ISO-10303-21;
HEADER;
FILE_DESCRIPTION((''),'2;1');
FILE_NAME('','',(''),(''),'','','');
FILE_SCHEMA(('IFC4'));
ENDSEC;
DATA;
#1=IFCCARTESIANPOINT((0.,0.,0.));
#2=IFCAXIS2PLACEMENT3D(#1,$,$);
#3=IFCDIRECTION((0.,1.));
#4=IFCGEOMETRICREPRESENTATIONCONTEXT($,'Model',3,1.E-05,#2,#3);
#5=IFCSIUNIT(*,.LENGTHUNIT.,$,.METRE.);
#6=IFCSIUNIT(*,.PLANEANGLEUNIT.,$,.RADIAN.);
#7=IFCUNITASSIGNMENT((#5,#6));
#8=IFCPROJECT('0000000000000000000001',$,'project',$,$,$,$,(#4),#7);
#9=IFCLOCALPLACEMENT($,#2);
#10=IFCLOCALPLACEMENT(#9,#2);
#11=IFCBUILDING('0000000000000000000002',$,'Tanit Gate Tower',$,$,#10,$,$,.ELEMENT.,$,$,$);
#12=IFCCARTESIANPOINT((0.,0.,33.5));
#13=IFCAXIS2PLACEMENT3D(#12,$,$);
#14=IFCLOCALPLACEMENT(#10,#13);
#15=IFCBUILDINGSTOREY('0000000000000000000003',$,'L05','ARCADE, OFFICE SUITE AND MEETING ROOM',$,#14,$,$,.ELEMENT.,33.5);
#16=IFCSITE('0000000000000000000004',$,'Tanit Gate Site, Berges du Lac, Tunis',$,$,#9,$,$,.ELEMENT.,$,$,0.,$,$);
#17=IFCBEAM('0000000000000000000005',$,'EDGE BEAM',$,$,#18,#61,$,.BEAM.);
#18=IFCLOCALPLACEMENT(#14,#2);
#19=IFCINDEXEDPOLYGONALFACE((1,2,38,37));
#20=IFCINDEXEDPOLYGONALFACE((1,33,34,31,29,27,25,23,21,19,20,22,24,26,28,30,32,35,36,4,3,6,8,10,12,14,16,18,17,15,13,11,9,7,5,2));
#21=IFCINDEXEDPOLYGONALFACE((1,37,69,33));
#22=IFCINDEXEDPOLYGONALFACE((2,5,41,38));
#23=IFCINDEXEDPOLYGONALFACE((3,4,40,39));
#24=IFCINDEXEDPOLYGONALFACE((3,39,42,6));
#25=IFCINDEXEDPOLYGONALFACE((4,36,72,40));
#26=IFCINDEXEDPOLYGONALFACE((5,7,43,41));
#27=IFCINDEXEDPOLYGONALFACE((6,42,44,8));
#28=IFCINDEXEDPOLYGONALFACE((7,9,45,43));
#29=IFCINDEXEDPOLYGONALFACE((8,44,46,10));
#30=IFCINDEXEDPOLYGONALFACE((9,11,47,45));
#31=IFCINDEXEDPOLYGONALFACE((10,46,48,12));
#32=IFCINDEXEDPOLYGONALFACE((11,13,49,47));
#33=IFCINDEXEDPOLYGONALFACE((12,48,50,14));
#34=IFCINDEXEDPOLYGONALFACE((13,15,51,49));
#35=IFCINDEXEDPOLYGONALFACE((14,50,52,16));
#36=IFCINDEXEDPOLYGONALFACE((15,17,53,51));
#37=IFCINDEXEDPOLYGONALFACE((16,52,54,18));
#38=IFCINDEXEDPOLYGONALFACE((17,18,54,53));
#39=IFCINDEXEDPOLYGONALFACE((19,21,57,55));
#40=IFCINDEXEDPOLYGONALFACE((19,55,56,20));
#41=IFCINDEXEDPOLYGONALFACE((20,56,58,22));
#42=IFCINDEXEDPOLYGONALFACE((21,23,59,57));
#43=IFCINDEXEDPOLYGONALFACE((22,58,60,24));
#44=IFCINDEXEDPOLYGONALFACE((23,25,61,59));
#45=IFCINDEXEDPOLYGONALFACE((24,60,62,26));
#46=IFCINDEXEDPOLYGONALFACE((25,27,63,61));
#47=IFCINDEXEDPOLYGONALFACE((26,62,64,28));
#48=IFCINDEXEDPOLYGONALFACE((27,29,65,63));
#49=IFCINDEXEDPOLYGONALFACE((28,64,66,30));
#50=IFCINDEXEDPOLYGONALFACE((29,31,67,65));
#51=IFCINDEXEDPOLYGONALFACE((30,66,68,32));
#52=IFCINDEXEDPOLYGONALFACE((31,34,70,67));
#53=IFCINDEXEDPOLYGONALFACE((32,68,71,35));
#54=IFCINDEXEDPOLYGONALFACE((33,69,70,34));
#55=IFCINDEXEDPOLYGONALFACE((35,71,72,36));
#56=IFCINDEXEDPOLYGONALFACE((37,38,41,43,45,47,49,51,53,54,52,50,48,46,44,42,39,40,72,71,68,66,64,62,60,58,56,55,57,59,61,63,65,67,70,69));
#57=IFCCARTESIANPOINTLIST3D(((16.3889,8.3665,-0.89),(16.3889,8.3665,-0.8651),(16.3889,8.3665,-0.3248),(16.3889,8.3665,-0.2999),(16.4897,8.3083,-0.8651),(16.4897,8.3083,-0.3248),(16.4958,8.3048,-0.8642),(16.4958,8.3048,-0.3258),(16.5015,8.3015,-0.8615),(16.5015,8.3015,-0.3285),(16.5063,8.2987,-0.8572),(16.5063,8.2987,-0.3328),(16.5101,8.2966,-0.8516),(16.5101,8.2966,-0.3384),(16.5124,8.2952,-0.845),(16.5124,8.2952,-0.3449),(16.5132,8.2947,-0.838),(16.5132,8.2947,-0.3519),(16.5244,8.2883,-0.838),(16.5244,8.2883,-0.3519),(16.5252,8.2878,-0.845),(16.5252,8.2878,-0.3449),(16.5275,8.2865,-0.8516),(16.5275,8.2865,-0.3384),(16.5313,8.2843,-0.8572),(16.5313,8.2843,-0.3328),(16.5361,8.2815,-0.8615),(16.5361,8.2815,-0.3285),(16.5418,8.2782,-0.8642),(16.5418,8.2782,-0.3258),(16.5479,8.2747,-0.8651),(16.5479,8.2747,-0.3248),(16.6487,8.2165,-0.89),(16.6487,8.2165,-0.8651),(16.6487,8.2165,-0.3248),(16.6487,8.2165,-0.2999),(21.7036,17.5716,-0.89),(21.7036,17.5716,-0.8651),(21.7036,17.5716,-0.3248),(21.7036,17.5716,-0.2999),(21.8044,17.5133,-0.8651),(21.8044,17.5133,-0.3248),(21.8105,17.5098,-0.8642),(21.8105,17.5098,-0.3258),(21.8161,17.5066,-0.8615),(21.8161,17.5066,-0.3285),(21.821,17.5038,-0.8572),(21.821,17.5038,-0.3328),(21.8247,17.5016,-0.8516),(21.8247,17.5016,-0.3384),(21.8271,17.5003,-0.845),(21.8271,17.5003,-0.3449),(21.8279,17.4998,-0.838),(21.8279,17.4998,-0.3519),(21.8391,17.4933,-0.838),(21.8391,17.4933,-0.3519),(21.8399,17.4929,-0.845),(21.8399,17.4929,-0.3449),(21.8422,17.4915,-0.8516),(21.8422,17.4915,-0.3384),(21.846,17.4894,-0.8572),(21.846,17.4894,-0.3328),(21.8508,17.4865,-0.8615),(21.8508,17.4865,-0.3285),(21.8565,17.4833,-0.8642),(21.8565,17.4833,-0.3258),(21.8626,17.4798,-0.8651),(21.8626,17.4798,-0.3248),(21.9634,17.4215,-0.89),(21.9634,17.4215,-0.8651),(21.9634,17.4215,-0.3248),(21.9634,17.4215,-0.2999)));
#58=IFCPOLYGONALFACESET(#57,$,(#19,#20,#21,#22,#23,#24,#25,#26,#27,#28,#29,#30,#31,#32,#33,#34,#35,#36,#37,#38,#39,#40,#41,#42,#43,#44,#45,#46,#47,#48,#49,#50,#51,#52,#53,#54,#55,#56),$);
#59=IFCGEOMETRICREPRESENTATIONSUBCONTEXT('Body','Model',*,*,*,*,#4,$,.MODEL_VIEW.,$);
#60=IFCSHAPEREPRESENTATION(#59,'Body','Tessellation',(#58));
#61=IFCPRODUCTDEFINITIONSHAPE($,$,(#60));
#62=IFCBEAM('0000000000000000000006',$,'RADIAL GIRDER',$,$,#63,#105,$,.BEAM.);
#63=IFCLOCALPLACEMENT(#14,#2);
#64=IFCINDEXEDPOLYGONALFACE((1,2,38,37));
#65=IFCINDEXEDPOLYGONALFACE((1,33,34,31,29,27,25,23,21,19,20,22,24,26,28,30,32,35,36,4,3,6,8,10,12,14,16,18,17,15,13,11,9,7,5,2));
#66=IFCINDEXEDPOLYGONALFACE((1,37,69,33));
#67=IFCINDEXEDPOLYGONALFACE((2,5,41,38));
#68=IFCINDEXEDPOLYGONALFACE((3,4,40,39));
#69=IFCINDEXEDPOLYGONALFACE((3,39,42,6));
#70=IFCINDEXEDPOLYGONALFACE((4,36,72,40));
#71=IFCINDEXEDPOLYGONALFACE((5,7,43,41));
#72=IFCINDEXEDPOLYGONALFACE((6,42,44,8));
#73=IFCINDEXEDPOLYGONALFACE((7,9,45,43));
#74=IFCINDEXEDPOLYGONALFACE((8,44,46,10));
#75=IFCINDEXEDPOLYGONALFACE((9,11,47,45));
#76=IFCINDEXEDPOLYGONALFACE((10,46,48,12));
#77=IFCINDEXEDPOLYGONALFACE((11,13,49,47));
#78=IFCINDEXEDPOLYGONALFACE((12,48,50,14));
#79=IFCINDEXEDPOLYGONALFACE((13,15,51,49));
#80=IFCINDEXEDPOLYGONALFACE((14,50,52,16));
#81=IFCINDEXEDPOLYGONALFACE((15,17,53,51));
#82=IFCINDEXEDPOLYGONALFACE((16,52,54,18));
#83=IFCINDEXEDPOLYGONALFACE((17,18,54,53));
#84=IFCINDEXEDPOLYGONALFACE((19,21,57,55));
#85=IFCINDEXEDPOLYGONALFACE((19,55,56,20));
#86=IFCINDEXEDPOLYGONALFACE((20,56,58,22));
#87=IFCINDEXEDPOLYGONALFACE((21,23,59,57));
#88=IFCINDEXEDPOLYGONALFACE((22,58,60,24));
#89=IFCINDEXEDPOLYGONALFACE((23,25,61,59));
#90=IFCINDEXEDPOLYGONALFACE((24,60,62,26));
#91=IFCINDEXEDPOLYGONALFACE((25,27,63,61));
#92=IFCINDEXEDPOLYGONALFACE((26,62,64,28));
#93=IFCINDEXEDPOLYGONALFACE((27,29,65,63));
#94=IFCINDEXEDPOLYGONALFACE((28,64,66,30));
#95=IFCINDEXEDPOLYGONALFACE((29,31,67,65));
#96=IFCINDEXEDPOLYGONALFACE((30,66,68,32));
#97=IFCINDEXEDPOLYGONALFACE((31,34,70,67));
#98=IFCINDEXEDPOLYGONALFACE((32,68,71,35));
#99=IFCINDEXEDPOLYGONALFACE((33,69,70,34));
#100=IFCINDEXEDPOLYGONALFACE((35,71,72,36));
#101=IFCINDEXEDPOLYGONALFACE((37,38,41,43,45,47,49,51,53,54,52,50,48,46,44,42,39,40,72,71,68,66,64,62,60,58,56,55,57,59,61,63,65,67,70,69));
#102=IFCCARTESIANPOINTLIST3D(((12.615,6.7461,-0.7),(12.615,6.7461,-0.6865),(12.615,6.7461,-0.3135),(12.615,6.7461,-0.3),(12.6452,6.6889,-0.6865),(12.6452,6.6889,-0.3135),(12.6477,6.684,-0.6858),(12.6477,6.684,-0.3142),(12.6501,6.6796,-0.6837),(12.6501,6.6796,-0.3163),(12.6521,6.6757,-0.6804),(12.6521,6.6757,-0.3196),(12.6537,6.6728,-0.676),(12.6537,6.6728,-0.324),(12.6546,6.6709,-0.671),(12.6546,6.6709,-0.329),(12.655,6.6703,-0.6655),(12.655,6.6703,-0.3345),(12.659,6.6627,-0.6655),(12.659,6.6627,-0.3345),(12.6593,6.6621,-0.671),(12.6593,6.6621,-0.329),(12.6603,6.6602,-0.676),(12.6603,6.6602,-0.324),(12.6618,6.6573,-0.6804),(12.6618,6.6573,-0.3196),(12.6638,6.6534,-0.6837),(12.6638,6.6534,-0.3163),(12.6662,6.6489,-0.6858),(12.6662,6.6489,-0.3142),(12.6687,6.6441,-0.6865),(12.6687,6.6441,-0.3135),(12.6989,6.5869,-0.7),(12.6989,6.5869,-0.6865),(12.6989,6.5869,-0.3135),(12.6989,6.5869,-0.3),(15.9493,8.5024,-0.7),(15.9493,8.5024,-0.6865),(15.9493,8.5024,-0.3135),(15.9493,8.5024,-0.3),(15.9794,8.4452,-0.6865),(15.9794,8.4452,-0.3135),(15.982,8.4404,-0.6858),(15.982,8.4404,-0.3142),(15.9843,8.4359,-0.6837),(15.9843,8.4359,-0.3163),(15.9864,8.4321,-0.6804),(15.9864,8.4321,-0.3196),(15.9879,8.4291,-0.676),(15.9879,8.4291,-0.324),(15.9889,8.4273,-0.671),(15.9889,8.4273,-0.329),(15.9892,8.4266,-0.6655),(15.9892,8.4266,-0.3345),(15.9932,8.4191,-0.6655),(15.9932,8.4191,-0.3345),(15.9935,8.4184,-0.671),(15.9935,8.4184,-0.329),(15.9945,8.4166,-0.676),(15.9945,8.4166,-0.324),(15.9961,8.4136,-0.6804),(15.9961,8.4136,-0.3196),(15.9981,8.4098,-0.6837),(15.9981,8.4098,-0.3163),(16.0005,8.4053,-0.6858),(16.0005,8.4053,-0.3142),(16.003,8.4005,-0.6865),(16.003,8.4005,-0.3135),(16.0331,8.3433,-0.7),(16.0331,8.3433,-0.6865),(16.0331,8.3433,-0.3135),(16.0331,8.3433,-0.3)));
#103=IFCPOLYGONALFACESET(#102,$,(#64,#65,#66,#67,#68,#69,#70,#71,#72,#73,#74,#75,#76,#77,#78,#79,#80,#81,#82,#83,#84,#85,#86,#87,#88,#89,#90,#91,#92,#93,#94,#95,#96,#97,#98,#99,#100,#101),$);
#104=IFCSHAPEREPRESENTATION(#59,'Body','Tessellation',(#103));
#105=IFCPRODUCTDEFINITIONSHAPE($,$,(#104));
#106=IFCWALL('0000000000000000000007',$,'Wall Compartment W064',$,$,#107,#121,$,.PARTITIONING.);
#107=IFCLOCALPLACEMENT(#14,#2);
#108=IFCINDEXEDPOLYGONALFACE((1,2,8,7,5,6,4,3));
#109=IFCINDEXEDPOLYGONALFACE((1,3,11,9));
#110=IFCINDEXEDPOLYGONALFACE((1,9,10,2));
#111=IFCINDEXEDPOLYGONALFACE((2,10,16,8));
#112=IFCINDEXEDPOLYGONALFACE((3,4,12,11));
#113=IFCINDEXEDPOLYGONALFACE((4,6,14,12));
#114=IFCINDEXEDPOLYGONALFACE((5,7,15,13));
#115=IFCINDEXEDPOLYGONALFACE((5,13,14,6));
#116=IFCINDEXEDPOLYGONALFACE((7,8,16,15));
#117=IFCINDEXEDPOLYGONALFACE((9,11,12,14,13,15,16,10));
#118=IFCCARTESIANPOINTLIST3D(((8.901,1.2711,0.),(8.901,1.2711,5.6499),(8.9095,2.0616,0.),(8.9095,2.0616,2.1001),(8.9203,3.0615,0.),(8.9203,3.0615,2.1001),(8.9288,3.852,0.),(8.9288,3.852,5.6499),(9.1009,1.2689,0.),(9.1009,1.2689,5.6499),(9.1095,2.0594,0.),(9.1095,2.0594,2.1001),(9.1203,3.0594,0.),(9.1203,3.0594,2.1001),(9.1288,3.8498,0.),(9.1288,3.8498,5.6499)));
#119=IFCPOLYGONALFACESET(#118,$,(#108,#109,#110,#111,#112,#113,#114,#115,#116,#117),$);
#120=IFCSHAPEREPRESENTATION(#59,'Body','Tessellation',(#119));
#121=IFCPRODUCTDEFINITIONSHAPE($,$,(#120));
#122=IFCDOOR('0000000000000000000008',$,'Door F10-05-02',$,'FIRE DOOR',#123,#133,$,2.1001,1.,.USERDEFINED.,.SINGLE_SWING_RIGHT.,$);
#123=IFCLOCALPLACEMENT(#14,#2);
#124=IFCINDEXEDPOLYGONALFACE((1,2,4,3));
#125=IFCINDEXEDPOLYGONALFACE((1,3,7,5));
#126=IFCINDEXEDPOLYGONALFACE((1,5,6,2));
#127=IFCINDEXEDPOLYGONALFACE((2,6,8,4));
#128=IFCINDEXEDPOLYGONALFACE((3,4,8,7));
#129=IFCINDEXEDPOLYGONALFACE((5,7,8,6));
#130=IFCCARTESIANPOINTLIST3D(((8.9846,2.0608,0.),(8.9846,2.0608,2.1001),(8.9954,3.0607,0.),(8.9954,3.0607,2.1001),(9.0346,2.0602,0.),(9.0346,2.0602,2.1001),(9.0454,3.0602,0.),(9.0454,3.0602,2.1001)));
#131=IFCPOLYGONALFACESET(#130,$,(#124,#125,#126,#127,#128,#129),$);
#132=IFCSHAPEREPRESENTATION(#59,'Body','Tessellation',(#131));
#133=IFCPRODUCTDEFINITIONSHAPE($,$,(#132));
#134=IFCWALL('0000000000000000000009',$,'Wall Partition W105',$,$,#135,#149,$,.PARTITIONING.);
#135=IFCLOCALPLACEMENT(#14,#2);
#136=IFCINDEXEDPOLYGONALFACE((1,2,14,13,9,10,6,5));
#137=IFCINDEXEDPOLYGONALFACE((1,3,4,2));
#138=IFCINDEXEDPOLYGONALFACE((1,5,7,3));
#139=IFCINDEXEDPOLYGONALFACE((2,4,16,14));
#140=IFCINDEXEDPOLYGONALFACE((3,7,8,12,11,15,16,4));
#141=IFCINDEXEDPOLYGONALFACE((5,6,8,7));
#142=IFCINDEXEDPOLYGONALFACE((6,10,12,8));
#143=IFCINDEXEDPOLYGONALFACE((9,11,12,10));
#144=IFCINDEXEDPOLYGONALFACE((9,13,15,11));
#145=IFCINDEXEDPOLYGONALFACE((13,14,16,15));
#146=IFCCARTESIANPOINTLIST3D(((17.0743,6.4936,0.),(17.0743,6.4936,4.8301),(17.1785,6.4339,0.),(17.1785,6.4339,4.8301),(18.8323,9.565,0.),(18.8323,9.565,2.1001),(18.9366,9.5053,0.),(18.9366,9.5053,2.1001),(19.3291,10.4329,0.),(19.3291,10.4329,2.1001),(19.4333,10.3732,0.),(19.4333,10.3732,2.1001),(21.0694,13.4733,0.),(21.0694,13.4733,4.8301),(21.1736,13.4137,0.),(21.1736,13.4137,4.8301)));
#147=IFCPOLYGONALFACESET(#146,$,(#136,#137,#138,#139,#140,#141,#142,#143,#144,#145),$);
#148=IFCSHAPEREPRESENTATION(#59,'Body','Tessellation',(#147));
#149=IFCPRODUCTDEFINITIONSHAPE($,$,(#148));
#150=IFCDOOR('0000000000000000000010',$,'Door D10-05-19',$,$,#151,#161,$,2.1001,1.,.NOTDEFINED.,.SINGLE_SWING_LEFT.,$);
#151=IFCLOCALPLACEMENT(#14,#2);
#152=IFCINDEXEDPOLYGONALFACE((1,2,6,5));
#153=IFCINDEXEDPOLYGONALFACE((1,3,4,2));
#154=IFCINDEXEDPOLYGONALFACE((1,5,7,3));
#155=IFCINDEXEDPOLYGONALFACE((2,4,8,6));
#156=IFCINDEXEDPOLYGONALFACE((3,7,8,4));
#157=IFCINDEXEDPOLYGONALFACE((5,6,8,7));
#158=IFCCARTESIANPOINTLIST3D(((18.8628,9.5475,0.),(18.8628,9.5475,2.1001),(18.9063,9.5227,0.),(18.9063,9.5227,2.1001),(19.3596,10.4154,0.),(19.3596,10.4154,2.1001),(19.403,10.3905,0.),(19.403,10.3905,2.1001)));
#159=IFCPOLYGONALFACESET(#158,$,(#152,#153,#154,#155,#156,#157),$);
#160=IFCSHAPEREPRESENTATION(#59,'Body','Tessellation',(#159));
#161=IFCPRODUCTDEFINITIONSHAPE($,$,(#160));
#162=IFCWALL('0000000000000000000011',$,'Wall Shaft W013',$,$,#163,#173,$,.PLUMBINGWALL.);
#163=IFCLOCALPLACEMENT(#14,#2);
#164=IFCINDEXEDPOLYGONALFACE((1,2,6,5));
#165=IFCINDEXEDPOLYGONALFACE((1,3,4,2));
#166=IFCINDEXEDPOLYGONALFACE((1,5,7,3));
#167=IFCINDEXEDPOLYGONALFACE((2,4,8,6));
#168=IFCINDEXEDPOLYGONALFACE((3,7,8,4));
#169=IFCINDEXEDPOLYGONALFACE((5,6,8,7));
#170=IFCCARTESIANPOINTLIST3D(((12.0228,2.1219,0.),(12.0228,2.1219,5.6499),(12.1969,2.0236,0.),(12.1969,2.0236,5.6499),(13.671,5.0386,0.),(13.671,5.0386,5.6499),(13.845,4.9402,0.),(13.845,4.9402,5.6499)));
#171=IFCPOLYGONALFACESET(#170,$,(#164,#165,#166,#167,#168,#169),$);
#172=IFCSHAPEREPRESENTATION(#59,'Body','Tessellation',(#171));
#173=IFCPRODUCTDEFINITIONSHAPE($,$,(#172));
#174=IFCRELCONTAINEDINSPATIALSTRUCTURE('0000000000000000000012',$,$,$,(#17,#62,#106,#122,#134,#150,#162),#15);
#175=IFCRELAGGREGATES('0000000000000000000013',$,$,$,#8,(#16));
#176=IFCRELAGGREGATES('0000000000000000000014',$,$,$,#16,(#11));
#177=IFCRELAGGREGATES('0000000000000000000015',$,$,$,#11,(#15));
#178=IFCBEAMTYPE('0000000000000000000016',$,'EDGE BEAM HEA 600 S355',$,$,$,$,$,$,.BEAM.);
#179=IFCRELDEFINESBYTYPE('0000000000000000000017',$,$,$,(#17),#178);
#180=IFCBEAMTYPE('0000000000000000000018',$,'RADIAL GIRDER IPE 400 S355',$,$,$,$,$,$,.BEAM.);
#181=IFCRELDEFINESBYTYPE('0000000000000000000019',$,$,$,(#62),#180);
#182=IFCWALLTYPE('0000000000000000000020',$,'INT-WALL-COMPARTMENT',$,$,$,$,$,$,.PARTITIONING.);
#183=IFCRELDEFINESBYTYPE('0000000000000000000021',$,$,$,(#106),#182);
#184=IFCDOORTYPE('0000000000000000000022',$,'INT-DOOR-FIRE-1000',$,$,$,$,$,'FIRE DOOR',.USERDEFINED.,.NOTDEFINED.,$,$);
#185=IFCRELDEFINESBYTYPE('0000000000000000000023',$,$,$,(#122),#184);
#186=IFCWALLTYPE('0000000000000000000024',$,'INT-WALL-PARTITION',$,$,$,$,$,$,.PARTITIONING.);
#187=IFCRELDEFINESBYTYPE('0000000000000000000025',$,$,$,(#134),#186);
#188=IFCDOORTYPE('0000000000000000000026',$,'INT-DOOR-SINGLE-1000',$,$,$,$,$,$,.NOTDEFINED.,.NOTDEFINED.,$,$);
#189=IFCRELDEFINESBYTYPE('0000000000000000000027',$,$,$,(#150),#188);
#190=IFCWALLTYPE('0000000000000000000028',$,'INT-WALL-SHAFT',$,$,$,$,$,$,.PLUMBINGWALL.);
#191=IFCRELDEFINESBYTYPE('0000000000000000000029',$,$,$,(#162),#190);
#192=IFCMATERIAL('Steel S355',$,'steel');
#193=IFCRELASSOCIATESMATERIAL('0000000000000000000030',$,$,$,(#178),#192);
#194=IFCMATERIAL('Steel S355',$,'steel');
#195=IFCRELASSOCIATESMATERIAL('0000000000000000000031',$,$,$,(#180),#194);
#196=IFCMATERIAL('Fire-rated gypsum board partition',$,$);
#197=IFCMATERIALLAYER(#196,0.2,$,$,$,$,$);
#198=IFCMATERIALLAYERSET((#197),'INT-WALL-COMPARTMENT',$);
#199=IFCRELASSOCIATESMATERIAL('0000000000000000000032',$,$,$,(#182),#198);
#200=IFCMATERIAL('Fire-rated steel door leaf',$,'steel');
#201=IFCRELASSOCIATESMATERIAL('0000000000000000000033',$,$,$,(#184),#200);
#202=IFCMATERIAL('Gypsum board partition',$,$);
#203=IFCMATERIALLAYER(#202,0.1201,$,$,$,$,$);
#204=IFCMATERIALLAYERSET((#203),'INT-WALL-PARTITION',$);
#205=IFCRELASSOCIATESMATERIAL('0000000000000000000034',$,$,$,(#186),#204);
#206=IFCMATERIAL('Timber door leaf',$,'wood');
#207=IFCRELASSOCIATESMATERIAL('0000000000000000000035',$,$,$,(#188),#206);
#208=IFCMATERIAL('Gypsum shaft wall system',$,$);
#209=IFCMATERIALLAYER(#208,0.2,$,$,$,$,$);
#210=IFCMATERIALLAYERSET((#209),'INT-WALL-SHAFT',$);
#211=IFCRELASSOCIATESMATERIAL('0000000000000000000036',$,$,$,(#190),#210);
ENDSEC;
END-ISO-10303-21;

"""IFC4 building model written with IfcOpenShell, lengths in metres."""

from ifc_helpers import new_model, si_unit, direction, frame, frame_2d, origin, origin_2d, place, context, subcontext, project, spatial, rectangle, i_section, extrude, material, layer, layer_set, material_profile, profile_set, type_object, element, fill, save


model = new_model("IFC4")

# Units and contexts
model_context = context("Model", 3, precision=1e-05, world=origin(), true_north=direction((0.0, 1.0)))
body_context = subcontext(model_context, "Body", "Model", "MODEL_VIEW")
ifc_project = project(units=[si_unit("LENGTHUNIT", "METRE"), si_unit("PLANEANGLEUNIT", "RADIAN")], contexts=[model_context])

# Site, building, storey
site_placement = place(None, origin())
site = spatial("IfcSite", under=ifc_project, at=site_placement, Name="Tanit Gate Site, Berges du Lac, Tunis", CompositionType="ELEMENT", RefElevation=0.0)
building_placement = place(site_placement, origin())
building = spatial("IfcBuilding", under=site, at=building_placement, Name="Tanit Gate Tower", CompositionType="ELEMENT")
storey_placement = place(building_placement, frame((0.0, 0.0, 33.5)))
storey = spatial("IfcBuildingStorey", under=building, at=storey_placement, Name="L05", Description="ARCADE, OFFICE SUITE AND MEETING ROOM", CompositionType="ELEMENT", Elevation=33.5)

# Beams
ifc_material_1 = material(Name="Steel S355", Category="steel")
ifc_material_profile_1 = material_profile(ifc_material_1, i_section(OverallWidth=0.3, OverallDepth=0.5901, WebThickness=0.0129, FlangeThickness=0.0249, FilletRadius=0.0271, at=origin_2d()), Name="HEA 600")
ifc_profile_set_1 = profile_set([ifc_material_profile_1], Name="Steel S355")
beam_type_1 = type_object("IfcBeamType", Name="EDGE BEAM HEA 600 S355", PredefinedType="BEAM", material=ifc_profile_set_1)
beam_1_placement = place(storey_placement, frame((16.5188, 8.2915, -0.595), z_axis=(0.50001, 0.86602, 0.0), x_axis=(-0.86602, 0.50001, 0.0)))
element("IfcBeam", 1, at=beam_1_placement, inside=storey, type_object=beam_type_1, Name="EDGE BEAM", PredefinedType="BEAM", context=body_context, shape_type="SweptSolid", body=[
    extrude(i_section(OverallWidth=0.3, OverallDepth=0.5901, WebThickness=0.0129, FlangeThickness=0.0249, FilletRadius=0.0271, at=origin_2d()), origin(), (0.0, 0.0, 1.0), 10.6292),
])
ifc_material_2 = material(Name="Steel S355", Category="steel")
ifc_material_profile_2 = material_profile(ifc_material_2, i_section(OverallWidth=0.1799, OverallDepth=0.3999, WebThickness=0.0085, FlangeThickness=0.0134, FilletRadius=0.021, at=origin_2d()), Name="IPE 400")
ifc_profile_set_2 = profile_set([ifc_material_profile_2], Name="Steel S355")
beam_type_2 = type_object("IfcBeamType", Name="RADIAL GIRDER IPE 400 S355", PredefinedType="BEAM", material=ifc_profile_set_2)
beam_2_placement = place(storey_placement, frame((15.9912, 8.4229, -0.5), z_axis=(-0.884755, -0.466056, 0.0), x_axis=(0.466056, -0.884755, 0.0)))
element("IfcBeam", 2, at=beam_2_placement, inside=storey, type_object=beam_type_2, Name="RADIAL GIRDER", PredefinedType="BEAM", context=body_context, shape_type="SweptSolid", body=[
    extrude(i_section(OverallWidth=0.1799, OverallDepth=0.3999, WebThickness=0.0085, FlangeThickness=0.0134, FilletRadius=0.021, at=origin_2d()), origin(), (0.0, 0.0, 1.0), 3.7686),
])

# Walls, openings, doors
ifc_material_3 = material(Name="Fire-rated gypsum board partition")
ifc_layer_1 = layer(ifc_material_3, 0.2)
ifc_layer_set_1 = layer_set([ifc_layer_1], Name="INT-WALL-COMPARTMENT")
wall_type_1 = type_object("IfcWallType", Name="INT-WALL-COMPARTMENT", PredefinedType="PARTITIONING", material=ifc_layer_set_1)
wall_1_placement = place(storey_placement, frame((9.001, 1.27, 0.0), z_axis=(0.0, 0.0, 1.0), x_axis=(0.010784, 0.999942, 0.0)))
wall_1 = element("IfcWall", 3, at=wall_1_placement, inside=storey, type_object=wall_type_1, Name="Wall Compartment W064", PredefinedType="PARTITIONING", context=body_context, shape_type="SweptSolid", body=[
    extrude(rectangle(XDim=2.5811, YDim=0.2, at=frame_2d((1.2905, 0.0))), origin(), (0.0, 0.0, 1.0), 5.6499),
])
opening_1_placement = place(wall_1_placement, frame((0.7905, 0.0, 0.0)))
opening_1 = element("IfcOpeningElement", 4, at=opening_1_placement, cuts=wall_1, PredefinedType="OPENING", context=body_context, shape_type="SweptSolid", body=[
    extrude(rectangle(XDim=1.0, YDim=2.1001, at=frame_2d((0.5, 1.05))), frame((0.0, 0.1099, 0.0), z_axis=(0.0, -1.0, 0.0), x_axis=(1.0, 0.0, 0.0)), (0.0, 0.0, 1.0), 0.22),
])
ifc_material_4 = material(Name="Fire-rated steel door leaf", Category="steel")
door_type_1 = type_object("IfcDoorType", Name="INT-DOOR-FIRE-1000", ElementType="FIRE DOOR", OperationType="NOTDEFINED", PredefinedType="USERDEFINED", material=ifc_material_4)
door_1_placement = place(opening_1_placement, origin())
door_1 = element("IfcDoor", 5, at=door_1_placement, inside=storey, type_object=door_type_1, Name="Door F10-05-02", ObjectType="FIRE DOOR", OperationType="SINGLE_SWING_RIGHT", OverallHeight=2.1001, OverallWidth=1.0, PredefinedType="USERDEFINED", context=body_context, shape_type="SweptSolid", body=[
    extrude(rectangle(XDim=1.0, YDim=2.1001, at=frame_2d((0.5, 1.05))), frame((0.0, 0.0249, 0.0), z_axis=(0.0, -1.0, 0.0), x_axis=(1.0, 0.0, 0.0)), (0.0, 0.0, 1.0), 0.05),
])
fill(opening_1, door_1)
ifc_material_5 = material(Name="Gypsum board partition")
ifc_layer_2 = layer(ifc_material_5, 0.1201)
ifc_layer_set_2 = layer_set([ifc_layer_2], Name="INT-WALL-PARTITION")
wall_type_2 = type_object("IfcWallType", Name="INT-WALL-PARTITION", PredefinedType="PARTITIONING", material=ifc_layer_set_2)
wall_2_placement = place(storey_placement, frame((17.1265, 6.4639, 0.0), z_axis=(0.0, 0.0, 1.0), x_axis=(0.496767, 0.867884, 0.0)))
wall_2 = element("IfcWall", 6, at=wall_2_placement, inside=storey, type_object=wall_type_2, Name="Wall Partition W105", PredefinedType="PARTITIONING", context=body_context, shape_type="SweptSolid", body=[
    extrude(rectangle(XDim=8.0422, YDim=0.1201, at=frame_2d((4.021, 0.0))), origin(), (0.0, 0.0, 1.0), 4.8301),
])
opening_2_placement = place(wall_2_placement, frame((3.5388, 0.0, 0.0)))
opening_2 = element("IfcOpeningElement", 7, at=opening_2_placement, cuts=wall_2, PredefinedType="OPENING", context=body_context, shape_type="SweptSolid", body=[
    extrude(rectangle(XDim=1.0, YDim=2.1001, at=frame_2d((0.5, 1.05))), frame((0.0, 0.0701, 0.0), z_axis=(0.0, -1.0, 0.0), x_axis=(1.0, 0.0, 0.0)), (0.0, 0.0, 1.0), 0.1401),
])
ifc_material_6 = material(Name="Timber door leaf", Category="wood")
door_type_2 = type_object("IfcDoorType", Name="INT-DOOR-SINGLE-1000", OperationType="NOTDEFINED", PredefinedType="NOTDEFINED", material=ifc_material_6)
door_2_placement = place(opening_2_placement, origin())
door_2 = element("IfcDoor", 8, at=door_2_placement, inside=storey, type_object=door_type_2, Name="Door D10-05-19", OperationType="SINGLE_SWING_LEFT", OverallHeight=2.1001, OverallWidth=1.0, PredefinedType="NOTDEFINED", context=body_context, shape_type="SweptSolid", body=[
    extrude(rectangle(XDim=1.0, YDim=2.1001, at=frame_2d((0.5, 1.05))), frame((0.0, 0.0249, 0.0), z_axis=(0.0, -1.0, 0.0), x_axis=(1.0, 0.0, 0.0)), (0.0, 0.0, 1.0), 0.05),
])
fill(opening_2, door_2)

# Wall
ifc_material_7 = material(Name="Gypsum shaft wall system")
ifc_layer_3 = layer(ifc_material_7, 0.2)
ifc_layer_set_3 = layer_set([ifc_layer_3], Name="INT-WALL-SHAFT")
wall_type_3 = type_object("IfcWallType", Name="INT-WALL-SHAFT", PredefinedType="PLUMBINGWALL", material=ifc_layer_set_3)
wall_3_placement = place(storey_placement, frame((12.1099, 2.0728, 0.0), z_axis=(0.0, 0.0, 1.0), x_axis=(0.491966, 0.870614, 0.0)))
element("IfcWall", 9, at=wall_3_placement, inside=storey, type_object=wall_type_3, Name="Wall Shaft W013", PredefinedType="PLUMBINGWALL", context=body_context, shape_type="SweptSolid", body=[
    extrude(rectangle(XDim=3.3501, YDim=0.2, at=frame_2d((1.675, 0.0))), origin(), (0.0, 0.0, 1.0), 5.6499),
])

save(model, "model.ifc")
